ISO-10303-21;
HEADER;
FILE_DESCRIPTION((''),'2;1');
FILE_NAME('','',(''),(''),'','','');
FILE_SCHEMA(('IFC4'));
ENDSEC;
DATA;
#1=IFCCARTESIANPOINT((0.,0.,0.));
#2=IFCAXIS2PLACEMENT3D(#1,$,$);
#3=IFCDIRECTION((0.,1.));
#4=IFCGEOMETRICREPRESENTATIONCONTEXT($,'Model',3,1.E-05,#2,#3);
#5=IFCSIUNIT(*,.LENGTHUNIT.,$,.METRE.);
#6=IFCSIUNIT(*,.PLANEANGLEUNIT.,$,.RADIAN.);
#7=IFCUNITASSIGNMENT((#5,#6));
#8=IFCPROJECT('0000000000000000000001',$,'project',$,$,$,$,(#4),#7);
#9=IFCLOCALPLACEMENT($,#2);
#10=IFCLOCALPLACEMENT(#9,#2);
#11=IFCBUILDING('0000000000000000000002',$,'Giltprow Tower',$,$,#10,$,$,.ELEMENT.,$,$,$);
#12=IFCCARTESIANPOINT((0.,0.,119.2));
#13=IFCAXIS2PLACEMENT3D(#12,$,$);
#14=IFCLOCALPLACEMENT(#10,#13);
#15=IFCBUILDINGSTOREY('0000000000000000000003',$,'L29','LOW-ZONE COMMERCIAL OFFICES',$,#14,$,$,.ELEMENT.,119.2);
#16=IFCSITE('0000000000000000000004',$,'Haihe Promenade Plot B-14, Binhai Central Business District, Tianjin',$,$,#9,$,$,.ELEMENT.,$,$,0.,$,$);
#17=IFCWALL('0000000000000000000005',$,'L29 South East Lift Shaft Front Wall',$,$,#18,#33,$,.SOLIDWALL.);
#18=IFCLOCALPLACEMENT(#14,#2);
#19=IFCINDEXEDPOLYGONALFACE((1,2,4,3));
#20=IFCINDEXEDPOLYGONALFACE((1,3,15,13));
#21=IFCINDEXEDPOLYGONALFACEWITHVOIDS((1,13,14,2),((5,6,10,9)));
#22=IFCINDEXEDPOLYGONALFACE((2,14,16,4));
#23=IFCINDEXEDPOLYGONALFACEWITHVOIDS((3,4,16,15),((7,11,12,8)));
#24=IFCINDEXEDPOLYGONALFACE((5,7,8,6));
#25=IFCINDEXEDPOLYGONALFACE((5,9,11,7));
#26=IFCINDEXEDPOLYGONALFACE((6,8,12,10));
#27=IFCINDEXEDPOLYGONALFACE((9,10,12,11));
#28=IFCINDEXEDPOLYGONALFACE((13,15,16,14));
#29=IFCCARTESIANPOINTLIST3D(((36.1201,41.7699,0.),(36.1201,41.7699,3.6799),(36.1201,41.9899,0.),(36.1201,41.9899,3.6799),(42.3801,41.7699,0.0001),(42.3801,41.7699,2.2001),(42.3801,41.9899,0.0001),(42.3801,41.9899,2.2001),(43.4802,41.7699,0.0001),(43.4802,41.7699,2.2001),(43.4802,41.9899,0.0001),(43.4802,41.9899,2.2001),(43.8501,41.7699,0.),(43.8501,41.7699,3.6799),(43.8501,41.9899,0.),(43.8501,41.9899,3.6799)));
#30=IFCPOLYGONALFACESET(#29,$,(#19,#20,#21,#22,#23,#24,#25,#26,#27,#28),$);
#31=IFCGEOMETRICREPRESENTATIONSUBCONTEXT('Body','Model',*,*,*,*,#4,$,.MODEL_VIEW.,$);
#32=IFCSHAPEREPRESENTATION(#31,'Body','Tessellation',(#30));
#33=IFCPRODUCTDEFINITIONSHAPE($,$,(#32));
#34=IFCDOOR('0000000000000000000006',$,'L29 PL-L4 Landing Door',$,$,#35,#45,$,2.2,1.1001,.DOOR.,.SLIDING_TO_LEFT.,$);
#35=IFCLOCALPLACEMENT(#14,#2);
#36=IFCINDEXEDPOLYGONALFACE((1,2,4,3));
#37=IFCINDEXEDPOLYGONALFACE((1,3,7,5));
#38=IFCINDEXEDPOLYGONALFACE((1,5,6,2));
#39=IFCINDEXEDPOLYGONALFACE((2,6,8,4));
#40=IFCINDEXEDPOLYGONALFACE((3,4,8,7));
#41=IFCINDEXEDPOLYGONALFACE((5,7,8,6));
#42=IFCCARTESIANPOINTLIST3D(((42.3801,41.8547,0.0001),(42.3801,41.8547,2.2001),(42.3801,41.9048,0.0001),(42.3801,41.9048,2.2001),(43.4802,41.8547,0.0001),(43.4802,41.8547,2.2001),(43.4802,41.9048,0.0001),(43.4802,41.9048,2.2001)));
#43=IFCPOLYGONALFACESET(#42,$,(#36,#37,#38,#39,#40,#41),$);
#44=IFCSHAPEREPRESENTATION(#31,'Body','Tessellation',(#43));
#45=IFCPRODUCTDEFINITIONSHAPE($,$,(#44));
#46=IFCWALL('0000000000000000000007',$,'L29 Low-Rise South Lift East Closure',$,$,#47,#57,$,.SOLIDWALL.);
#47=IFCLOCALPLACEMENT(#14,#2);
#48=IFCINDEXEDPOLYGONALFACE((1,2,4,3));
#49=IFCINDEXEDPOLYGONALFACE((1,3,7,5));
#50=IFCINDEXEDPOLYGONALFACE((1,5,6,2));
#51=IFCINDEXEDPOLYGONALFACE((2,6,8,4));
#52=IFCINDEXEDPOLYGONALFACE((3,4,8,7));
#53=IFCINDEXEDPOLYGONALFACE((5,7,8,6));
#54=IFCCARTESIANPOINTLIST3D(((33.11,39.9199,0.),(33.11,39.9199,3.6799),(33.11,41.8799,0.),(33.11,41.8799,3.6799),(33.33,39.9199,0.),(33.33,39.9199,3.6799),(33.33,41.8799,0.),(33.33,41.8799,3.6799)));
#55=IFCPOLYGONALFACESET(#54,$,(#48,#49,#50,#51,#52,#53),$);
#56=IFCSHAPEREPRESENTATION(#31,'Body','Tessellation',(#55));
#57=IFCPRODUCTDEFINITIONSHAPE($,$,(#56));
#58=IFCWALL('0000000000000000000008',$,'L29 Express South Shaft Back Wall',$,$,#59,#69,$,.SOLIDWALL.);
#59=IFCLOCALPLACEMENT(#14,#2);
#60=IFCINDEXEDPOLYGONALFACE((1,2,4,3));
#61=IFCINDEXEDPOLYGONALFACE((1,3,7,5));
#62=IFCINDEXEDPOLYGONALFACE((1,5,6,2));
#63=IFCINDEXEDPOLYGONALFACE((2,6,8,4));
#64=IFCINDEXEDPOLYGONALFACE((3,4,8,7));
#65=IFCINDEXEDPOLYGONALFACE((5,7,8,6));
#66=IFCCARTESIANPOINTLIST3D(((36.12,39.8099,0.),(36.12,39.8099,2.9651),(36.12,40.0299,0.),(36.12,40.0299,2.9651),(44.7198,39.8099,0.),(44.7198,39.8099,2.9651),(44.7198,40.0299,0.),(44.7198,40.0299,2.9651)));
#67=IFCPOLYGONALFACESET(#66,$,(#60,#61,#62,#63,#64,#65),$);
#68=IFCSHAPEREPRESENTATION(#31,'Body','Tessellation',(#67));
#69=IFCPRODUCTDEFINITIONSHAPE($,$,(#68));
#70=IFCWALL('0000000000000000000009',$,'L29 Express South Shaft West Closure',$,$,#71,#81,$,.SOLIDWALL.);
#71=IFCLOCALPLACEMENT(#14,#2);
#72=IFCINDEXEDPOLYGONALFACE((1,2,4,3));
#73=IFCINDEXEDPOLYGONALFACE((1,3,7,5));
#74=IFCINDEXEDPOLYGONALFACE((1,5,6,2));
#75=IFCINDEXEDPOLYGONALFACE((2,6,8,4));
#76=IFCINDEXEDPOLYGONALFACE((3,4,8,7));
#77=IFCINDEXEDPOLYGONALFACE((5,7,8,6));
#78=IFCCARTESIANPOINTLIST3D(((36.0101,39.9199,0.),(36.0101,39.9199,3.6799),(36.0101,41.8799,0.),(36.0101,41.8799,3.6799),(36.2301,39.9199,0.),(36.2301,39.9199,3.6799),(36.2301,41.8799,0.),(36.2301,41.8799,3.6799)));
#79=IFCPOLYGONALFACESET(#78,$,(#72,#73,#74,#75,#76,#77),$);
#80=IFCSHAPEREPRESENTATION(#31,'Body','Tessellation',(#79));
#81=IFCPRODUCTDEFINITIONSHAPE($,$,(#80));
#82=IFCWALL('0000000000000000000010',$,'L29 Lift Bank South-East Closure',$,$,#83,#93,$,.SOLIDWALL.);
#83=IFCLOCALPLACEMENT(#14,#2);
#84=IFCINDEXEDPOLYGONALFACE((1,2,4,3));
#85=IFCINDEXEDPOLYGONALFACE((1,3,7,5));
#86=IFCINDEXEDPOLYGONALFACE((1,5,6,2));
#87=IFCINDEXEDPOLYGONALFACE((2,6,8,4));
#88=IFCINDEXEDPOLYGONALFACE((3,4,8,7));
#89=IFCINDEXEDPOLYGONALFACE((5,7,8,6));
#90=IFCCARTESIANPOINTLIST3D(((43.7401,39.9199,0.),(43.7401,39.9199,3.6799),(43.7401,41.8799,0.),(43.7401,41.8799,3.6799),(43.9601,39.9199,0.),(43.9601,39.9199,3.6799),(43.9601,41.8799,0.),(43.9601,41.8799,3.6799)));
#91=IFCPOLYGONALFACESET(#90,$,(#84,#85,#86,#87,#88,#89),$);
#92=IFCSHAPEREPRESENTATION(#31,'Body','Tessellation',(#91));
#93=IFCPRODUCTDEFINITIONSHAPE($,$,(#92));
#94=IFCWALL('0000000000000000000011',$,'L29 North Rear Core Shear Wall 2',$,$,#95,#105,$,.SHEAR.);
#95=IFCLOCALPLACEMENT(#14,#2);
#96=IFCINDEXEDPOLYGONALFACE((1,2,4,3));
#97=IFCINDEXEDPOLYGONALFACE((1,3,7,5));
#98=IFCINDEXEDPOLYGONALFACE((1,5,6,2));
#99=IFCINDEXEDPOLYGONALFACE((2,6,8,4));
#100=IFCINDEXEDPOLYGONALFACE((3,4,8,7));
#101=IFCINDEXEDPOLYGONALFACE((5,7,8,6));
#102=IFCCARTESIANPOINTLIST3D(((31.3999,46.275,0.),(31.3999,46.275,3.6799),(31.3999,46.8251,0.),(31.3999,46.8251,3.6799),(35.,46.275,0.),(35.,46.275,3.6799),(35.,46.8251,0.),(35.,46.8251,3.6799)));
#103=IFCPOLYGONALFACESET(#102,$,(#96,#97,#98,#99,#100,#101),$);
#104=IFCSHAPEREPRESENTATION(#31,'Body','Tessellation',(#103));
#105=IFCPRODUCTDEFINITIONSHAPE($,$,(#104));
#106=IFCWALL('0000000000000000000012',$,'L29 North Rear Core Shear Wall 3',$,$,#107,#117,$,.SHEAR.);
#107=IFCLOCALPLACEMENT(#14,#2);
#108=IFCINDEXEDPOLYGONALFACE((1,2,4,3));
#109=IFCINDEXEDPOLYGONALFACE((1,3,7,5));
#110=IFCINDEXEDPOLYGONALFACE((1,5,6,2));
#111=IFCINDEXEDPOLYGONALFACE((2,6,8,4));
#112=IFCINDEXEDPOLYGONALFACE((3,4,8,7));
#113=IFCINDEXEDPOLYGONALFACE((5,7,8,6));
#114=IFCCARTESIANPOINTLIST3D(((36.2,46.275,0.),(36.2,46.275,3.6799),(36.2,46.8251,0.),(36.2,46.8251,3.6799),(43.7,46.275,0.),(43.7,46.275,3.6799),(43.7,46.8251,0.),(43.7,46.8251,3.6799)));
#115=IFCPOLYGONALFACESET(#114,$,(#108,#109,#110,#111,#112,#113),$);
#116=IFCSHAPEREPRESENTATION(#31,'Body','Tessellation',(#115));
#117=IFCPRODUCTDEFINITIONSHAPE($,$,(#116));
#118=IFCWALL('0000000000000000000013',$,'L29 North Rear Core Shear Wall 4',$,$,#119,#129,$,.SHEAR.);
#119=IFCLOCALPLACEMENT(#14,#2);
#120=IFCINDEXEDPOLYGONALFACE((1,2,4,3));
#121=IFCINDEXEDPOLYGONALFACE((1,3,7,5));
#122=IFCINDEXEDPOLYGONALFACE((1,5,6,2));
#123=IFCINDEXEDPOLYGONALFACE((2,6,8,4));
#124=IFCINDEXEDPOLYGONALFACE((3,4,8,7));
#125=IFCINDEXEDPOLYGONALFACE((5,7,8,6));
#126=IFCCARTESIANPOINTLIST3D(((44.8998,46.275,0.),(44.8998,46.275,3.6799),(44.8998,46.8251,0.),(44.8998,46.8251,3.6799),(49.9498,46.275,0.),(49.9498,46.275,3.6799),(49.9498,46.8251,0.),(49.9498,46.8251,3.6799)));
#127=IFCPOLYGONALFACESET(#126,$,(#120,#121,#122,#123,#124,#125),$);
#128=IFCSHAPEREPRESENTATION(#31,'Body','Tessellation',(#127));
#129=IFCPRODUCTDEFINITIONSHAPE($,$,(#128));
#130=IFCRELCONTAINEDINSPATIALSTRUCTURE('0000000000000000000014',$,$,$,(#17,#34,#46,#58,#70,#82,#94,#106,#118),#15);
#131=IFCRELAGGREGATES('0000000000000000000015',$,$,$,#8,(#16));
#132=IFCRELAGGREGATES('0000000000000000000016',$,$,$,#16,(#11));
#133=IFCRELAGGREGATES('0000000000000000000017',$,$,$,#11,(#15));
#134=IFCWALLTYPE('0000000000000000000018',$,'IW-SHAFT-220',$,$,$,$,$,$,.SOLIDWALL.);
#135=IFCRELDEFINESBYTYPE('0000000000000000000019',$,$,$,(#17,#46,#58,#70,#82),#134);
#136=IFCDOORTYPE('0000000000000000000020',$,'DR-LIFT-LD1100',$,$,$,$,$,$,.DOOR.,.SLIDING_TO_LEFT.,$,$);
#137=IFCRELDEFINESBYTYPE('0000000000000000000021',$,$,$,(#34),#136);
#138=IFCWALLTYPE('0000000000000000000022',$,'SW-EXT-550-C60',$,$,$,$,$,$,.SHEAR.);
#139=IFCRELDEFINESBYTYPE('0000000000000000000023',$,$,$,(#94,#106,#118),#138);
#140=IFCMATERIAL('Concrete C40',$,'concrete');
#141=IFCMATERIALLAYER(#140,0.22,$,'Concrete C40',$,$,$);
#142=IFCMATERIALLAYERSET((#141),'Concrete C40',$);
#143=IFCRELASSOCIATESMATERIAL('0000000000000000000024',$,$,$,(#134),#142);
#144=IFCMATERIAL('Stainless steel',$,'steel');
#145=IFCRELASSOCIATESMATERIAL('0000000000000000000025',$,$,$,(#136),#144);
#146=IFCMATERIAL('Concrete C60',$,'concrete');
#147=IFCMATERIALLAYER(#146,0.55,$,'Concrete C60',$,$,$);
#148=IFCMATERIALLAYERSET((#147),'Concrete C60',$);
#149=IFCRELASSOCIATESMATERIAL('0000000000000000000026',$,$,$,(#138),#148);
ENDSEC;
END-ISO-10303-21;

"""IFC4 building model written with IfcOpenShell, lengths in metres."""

from ifc_helpers import new_model, si_unit, direction, frame, frame_2d, origin, place, context, subcontext, project, spatial, rectangle, extrude, source, transform, mapped, material, layer, layer_set, type_object, element, fill, save


model = new_model("IFC4")

# Units and contexts
model_context = context("Model", 3, precision=1e-05, world=origin(), true_north=direction((0.0, 1.0)))
body_context = subcontext(model_context, "Body", "Model", "MODEL_VIEW")
ifc_project = project(units=[si_unit("LENGTHUNIT", "METRE"), si_unit("PLANEANGLEUNIT", "RADIAN")], contexts=[model_context])

# Site, building, storey
site_placement = place(None, origin())
site = spatial("IfcSite", under=ifc_project, at=site_placement, Name="Haihe Promenade Plot B-14, Binhai Central Business District, Tianjin", CompositionType="ELEMENT", RefElevation=0.0)
building_placement = place(site_placement, origin())
building = spatial("IfcBuilding", under=site, at=building_placement, Name="Giltprow Tower", CompositionType="ELEMENT")
storey_placement = place(building_placement, frame((0.0, 0.0, 119.2)))
storey = spatial("IfcBuildingStorey", under=building, at=storey_placement, Name="L29", Description="LOW-ZONE COMMERCIAL OFFICES", CompositionType="ELEMENT", Elevation=119.2)

# Shared definitions
ifc_material_1 = material(Name="Concrete C60", Category="concrete")

# Shared definitions
ifc_material_2 = material(Name="Concrete C40", Category="concrete")
ifc_layer_1 = layer(ifc_material_2, 0.22, Name="Concrete C40")
ifc_layer_set_1 = layer_set([ifc_layer_1], Name="Concrete C40")
wall_type_1 = type_object("IfcWallType", Name="IW-SHAFT-220", PredefinedType="SOLIDWALL", material=ifc_layer_set_1)
ifc_material_3 = material(Name="Stainless steel", Category="steel")
door_type = type_object("IfcDoorType", Name="DR-LIFT-LD1100", OperationType="SLIDING_TO_LEFT", PredefinedType="DOOR", material=ifc_material_3)
shared_shape_1 = source(origin(), body_context, "Body", "SweptSolid", [
    extrude(rectangle(XDim=1.1001, YDim=2.2, at=frame_2d((0.55, 1.1001))), frame((0.0, 0.0249, 0.0), z_axis=(0.0, -1.0, 0.0), x_axis=(1.0, 0.0, 0.0)), (0.0, 0.0, 1.0), 0.05),
])

# Wall, opening, door
wall_1_placement = place(storey_placement, frame((36.1201, 41.8799, 0.0), z_axis=(0.0, 0.0, 1.0), x_axis=(1.0, 0.0, 0.0)))
wall_1 = element("IfcWall", 1, at=wall_1_placement, inside=storey, type_object=wall_type_1, Name="L29 South East Lift Shaft Front Wall", PredefinedType="SOLIDWALL", context=body_context, shape_type="SweptSolid", body=[
    extrude(rectangle(XDim=7.73, YDim=0.22, at=frame_2d((3.865, 0.0))), origin(), (0.0, 0.0, 1.0), 3.6799),
])
opening_1_placement = place(wall_1_placement, frame((6.26, 0.0, 0.0)))
opening_1 = element("IfcOpeningElement", 2, at=opening_1_placement, cuts=wall_1, PredefinedType="OPENING", context=body_context, shape_type="SweptSolid", body=[
    extrude(rectangle(XDim=1.1001, YDim=2.2, at=frame_2d((0.55, 1.1001))), frame((0.0, 0.1199, 0.0), z_axis=(0.0, -1.0, 0.0), x_axis=(1.0, 0.0, 0.0)), (0.0, 0.0, 1.0), 0.24),
])
door_1_placement = place(opening_1_placement, origin())
door_1 = element("IfcDoor", 3, at=door_1_placement, inside=storey, type_object=door_type, Name="L29 PL-L4 Landing Door", OperationType="SLIDING_TO_LEFT", OverallHeight=2.2, OverallWidth=1.1001, PredefinedType="DOOR", context=body_context, shape_type="MappedRepresentation", body=[
    mapped(shared_shape_1, transform((0.0, 0.0, 0.0), x_axis=(1.0, 0.0, 0.0), y_axis=(0.0, 1.0, 0.0), z_axis=(0.0, 0.0, 1.0), scale=1.0)),
])
fill(opening_1, door_1)

# Walls
wall_2_placement = place(storey_placement, frame((33.22, 39.9199, 0.0), z_axis=(0.0, 0.0, 1.0), x_axis=(0.0, 1.0, 0.0)))
element("IfcWall", 4, at=wall_2_placement, inside=storey, type_object=wall_type_1, Name="L29 Low-Rise South Lift East Closure", PredefinedType="SOLIDWALL", context=body_context, shape_type="SweptSolid", body=[
    extrude(rectangle(XDim=1.96, YDim=0.22, at=frame_2d((0.98, 0.0))), origin(), (0.0, 0.0, 1.0), 3.6799),
])
wall_3_placement = place(storey_placement, frame((36.1201, 39.9199, 0.0), z_axis=(0.0, 0.0, 1.0), x_axis=(1.0, 0.0, 0.0)))
element("IfcWall", 5, at=wall_3_placement, inside=storey, type_object=wall_type_1, Name="L29 Express South Shaft Back Wall", PredefinedType="SOLIDWALL", context=body_context, shape_type="SweptSolid", body=[
    extrude(rectangle(XDim=8.5999, YDim=0.22, at=frame_2d((4.2998, 0.0))), origin(), (0.0, 0.0, 1.0), 2.9651),
])
for number, where, z_axis, x_axis, name in (
    (6, (36.1201, 39.9199, 0.0), (0.0, 0.0, 1.0), (0.0, 1.0, 0.0), "L29 Express South Shaft West Closure"),
    (7, (43.8501, 39.9199, 0.0), (0.0, 0.0, 1.0), (0.0, 1.0, 0.0), "L29 Lift Bank South-East Closure"),
):
    element("IfcWall", number, at=place(storey_placement, frame(where, z_axis=z_axis, x_axis=x_axis)), inside=storey, type_object=wall_type_1, Name=name, PredefinedType="SOLIDWALL", context=body_context, shape_type="SweptSolid", body=[
        extrude(rectangle(XDim=1.96, YDim=0.22, at=frame_2d((0.98, 0.0))), origin(), (0.0, 0.0, 1.0), 3.6799),
    ])
ifc_layer_2 = layer(ifc_material_1, 0.55, Name="Concrete C60")
ifc_layer_set_2 = layer_set([ifc_layer_2], Name="Concrete C60")
wall_type_2 = type_object("IfcWallType", Name="SW-EXT-550-C60", PredefinedType="SHEAR", material=ifc_layer_set_2)
wall_4_placement = place(storey_placement, frame((31.3999, 46.55, 0.0), z_axis=(0.0, 0.0, 1.0), x_axis=(1.0, 0.0, 0.0)))
element("IfcWall", 8, at=wall_4_placement, inside=storey, type_object=wall_type_2, Name="L29 North Rear Core Shear Wall 2", PredefinedType="SHEAR", context=body_context, shape_type="SweptSolid", body=[
    extrude(rectangle(XDim=3.6001, YDim=0.55, at=frame_2d((1.8, 0.0))), origin(), (0.0, 0.0, 1.0), 3.6799),
])
wall_5_placement = place(storey_placement, frame((36.2, 46.55, 0.0), z_axis=(0.0, 0.0, 1.0), x_axis=(1.0, 0.0, 0.0)))
element("IfcWall", 9, at=wall_5_placement, inside=storey, type_object=wall_type_2, Name="L29 North Rear Core Shear Wall 3", PredefinedType="SHEAR", context=body_context, shape_type="SweptSolid", body=[
    extrude(rectangle(XDim=7.5, YDim=0.55, at=frame_2d((3.75, 0.0))), origin(), (0.0, 0.0, 1.0), 3.6799),
])
wall_6_placement = place(storey_placement, frame((44.8999, 46.55, 0.0), z_axis=(0.0, 0.0, 1.0), x_axis=(1.0, 0.0, 0.0)))
element("IfcWall", 10, at=wall_6_placement, inside=storey, type_object=wall_type_2, Name="L29 North Rear Core Shear Wall 4", PredefinedType="SHEAR", context=body_context, shape_type="SweptSolid", body=[
    extrude(rectangle(XDim=5.05, YDim=0.55, at=frame_2d((2.5249, 0.0))), origin(), (0.0, 0.0, 1.0), 3.6799),
])

save(model, "model.ifc")
